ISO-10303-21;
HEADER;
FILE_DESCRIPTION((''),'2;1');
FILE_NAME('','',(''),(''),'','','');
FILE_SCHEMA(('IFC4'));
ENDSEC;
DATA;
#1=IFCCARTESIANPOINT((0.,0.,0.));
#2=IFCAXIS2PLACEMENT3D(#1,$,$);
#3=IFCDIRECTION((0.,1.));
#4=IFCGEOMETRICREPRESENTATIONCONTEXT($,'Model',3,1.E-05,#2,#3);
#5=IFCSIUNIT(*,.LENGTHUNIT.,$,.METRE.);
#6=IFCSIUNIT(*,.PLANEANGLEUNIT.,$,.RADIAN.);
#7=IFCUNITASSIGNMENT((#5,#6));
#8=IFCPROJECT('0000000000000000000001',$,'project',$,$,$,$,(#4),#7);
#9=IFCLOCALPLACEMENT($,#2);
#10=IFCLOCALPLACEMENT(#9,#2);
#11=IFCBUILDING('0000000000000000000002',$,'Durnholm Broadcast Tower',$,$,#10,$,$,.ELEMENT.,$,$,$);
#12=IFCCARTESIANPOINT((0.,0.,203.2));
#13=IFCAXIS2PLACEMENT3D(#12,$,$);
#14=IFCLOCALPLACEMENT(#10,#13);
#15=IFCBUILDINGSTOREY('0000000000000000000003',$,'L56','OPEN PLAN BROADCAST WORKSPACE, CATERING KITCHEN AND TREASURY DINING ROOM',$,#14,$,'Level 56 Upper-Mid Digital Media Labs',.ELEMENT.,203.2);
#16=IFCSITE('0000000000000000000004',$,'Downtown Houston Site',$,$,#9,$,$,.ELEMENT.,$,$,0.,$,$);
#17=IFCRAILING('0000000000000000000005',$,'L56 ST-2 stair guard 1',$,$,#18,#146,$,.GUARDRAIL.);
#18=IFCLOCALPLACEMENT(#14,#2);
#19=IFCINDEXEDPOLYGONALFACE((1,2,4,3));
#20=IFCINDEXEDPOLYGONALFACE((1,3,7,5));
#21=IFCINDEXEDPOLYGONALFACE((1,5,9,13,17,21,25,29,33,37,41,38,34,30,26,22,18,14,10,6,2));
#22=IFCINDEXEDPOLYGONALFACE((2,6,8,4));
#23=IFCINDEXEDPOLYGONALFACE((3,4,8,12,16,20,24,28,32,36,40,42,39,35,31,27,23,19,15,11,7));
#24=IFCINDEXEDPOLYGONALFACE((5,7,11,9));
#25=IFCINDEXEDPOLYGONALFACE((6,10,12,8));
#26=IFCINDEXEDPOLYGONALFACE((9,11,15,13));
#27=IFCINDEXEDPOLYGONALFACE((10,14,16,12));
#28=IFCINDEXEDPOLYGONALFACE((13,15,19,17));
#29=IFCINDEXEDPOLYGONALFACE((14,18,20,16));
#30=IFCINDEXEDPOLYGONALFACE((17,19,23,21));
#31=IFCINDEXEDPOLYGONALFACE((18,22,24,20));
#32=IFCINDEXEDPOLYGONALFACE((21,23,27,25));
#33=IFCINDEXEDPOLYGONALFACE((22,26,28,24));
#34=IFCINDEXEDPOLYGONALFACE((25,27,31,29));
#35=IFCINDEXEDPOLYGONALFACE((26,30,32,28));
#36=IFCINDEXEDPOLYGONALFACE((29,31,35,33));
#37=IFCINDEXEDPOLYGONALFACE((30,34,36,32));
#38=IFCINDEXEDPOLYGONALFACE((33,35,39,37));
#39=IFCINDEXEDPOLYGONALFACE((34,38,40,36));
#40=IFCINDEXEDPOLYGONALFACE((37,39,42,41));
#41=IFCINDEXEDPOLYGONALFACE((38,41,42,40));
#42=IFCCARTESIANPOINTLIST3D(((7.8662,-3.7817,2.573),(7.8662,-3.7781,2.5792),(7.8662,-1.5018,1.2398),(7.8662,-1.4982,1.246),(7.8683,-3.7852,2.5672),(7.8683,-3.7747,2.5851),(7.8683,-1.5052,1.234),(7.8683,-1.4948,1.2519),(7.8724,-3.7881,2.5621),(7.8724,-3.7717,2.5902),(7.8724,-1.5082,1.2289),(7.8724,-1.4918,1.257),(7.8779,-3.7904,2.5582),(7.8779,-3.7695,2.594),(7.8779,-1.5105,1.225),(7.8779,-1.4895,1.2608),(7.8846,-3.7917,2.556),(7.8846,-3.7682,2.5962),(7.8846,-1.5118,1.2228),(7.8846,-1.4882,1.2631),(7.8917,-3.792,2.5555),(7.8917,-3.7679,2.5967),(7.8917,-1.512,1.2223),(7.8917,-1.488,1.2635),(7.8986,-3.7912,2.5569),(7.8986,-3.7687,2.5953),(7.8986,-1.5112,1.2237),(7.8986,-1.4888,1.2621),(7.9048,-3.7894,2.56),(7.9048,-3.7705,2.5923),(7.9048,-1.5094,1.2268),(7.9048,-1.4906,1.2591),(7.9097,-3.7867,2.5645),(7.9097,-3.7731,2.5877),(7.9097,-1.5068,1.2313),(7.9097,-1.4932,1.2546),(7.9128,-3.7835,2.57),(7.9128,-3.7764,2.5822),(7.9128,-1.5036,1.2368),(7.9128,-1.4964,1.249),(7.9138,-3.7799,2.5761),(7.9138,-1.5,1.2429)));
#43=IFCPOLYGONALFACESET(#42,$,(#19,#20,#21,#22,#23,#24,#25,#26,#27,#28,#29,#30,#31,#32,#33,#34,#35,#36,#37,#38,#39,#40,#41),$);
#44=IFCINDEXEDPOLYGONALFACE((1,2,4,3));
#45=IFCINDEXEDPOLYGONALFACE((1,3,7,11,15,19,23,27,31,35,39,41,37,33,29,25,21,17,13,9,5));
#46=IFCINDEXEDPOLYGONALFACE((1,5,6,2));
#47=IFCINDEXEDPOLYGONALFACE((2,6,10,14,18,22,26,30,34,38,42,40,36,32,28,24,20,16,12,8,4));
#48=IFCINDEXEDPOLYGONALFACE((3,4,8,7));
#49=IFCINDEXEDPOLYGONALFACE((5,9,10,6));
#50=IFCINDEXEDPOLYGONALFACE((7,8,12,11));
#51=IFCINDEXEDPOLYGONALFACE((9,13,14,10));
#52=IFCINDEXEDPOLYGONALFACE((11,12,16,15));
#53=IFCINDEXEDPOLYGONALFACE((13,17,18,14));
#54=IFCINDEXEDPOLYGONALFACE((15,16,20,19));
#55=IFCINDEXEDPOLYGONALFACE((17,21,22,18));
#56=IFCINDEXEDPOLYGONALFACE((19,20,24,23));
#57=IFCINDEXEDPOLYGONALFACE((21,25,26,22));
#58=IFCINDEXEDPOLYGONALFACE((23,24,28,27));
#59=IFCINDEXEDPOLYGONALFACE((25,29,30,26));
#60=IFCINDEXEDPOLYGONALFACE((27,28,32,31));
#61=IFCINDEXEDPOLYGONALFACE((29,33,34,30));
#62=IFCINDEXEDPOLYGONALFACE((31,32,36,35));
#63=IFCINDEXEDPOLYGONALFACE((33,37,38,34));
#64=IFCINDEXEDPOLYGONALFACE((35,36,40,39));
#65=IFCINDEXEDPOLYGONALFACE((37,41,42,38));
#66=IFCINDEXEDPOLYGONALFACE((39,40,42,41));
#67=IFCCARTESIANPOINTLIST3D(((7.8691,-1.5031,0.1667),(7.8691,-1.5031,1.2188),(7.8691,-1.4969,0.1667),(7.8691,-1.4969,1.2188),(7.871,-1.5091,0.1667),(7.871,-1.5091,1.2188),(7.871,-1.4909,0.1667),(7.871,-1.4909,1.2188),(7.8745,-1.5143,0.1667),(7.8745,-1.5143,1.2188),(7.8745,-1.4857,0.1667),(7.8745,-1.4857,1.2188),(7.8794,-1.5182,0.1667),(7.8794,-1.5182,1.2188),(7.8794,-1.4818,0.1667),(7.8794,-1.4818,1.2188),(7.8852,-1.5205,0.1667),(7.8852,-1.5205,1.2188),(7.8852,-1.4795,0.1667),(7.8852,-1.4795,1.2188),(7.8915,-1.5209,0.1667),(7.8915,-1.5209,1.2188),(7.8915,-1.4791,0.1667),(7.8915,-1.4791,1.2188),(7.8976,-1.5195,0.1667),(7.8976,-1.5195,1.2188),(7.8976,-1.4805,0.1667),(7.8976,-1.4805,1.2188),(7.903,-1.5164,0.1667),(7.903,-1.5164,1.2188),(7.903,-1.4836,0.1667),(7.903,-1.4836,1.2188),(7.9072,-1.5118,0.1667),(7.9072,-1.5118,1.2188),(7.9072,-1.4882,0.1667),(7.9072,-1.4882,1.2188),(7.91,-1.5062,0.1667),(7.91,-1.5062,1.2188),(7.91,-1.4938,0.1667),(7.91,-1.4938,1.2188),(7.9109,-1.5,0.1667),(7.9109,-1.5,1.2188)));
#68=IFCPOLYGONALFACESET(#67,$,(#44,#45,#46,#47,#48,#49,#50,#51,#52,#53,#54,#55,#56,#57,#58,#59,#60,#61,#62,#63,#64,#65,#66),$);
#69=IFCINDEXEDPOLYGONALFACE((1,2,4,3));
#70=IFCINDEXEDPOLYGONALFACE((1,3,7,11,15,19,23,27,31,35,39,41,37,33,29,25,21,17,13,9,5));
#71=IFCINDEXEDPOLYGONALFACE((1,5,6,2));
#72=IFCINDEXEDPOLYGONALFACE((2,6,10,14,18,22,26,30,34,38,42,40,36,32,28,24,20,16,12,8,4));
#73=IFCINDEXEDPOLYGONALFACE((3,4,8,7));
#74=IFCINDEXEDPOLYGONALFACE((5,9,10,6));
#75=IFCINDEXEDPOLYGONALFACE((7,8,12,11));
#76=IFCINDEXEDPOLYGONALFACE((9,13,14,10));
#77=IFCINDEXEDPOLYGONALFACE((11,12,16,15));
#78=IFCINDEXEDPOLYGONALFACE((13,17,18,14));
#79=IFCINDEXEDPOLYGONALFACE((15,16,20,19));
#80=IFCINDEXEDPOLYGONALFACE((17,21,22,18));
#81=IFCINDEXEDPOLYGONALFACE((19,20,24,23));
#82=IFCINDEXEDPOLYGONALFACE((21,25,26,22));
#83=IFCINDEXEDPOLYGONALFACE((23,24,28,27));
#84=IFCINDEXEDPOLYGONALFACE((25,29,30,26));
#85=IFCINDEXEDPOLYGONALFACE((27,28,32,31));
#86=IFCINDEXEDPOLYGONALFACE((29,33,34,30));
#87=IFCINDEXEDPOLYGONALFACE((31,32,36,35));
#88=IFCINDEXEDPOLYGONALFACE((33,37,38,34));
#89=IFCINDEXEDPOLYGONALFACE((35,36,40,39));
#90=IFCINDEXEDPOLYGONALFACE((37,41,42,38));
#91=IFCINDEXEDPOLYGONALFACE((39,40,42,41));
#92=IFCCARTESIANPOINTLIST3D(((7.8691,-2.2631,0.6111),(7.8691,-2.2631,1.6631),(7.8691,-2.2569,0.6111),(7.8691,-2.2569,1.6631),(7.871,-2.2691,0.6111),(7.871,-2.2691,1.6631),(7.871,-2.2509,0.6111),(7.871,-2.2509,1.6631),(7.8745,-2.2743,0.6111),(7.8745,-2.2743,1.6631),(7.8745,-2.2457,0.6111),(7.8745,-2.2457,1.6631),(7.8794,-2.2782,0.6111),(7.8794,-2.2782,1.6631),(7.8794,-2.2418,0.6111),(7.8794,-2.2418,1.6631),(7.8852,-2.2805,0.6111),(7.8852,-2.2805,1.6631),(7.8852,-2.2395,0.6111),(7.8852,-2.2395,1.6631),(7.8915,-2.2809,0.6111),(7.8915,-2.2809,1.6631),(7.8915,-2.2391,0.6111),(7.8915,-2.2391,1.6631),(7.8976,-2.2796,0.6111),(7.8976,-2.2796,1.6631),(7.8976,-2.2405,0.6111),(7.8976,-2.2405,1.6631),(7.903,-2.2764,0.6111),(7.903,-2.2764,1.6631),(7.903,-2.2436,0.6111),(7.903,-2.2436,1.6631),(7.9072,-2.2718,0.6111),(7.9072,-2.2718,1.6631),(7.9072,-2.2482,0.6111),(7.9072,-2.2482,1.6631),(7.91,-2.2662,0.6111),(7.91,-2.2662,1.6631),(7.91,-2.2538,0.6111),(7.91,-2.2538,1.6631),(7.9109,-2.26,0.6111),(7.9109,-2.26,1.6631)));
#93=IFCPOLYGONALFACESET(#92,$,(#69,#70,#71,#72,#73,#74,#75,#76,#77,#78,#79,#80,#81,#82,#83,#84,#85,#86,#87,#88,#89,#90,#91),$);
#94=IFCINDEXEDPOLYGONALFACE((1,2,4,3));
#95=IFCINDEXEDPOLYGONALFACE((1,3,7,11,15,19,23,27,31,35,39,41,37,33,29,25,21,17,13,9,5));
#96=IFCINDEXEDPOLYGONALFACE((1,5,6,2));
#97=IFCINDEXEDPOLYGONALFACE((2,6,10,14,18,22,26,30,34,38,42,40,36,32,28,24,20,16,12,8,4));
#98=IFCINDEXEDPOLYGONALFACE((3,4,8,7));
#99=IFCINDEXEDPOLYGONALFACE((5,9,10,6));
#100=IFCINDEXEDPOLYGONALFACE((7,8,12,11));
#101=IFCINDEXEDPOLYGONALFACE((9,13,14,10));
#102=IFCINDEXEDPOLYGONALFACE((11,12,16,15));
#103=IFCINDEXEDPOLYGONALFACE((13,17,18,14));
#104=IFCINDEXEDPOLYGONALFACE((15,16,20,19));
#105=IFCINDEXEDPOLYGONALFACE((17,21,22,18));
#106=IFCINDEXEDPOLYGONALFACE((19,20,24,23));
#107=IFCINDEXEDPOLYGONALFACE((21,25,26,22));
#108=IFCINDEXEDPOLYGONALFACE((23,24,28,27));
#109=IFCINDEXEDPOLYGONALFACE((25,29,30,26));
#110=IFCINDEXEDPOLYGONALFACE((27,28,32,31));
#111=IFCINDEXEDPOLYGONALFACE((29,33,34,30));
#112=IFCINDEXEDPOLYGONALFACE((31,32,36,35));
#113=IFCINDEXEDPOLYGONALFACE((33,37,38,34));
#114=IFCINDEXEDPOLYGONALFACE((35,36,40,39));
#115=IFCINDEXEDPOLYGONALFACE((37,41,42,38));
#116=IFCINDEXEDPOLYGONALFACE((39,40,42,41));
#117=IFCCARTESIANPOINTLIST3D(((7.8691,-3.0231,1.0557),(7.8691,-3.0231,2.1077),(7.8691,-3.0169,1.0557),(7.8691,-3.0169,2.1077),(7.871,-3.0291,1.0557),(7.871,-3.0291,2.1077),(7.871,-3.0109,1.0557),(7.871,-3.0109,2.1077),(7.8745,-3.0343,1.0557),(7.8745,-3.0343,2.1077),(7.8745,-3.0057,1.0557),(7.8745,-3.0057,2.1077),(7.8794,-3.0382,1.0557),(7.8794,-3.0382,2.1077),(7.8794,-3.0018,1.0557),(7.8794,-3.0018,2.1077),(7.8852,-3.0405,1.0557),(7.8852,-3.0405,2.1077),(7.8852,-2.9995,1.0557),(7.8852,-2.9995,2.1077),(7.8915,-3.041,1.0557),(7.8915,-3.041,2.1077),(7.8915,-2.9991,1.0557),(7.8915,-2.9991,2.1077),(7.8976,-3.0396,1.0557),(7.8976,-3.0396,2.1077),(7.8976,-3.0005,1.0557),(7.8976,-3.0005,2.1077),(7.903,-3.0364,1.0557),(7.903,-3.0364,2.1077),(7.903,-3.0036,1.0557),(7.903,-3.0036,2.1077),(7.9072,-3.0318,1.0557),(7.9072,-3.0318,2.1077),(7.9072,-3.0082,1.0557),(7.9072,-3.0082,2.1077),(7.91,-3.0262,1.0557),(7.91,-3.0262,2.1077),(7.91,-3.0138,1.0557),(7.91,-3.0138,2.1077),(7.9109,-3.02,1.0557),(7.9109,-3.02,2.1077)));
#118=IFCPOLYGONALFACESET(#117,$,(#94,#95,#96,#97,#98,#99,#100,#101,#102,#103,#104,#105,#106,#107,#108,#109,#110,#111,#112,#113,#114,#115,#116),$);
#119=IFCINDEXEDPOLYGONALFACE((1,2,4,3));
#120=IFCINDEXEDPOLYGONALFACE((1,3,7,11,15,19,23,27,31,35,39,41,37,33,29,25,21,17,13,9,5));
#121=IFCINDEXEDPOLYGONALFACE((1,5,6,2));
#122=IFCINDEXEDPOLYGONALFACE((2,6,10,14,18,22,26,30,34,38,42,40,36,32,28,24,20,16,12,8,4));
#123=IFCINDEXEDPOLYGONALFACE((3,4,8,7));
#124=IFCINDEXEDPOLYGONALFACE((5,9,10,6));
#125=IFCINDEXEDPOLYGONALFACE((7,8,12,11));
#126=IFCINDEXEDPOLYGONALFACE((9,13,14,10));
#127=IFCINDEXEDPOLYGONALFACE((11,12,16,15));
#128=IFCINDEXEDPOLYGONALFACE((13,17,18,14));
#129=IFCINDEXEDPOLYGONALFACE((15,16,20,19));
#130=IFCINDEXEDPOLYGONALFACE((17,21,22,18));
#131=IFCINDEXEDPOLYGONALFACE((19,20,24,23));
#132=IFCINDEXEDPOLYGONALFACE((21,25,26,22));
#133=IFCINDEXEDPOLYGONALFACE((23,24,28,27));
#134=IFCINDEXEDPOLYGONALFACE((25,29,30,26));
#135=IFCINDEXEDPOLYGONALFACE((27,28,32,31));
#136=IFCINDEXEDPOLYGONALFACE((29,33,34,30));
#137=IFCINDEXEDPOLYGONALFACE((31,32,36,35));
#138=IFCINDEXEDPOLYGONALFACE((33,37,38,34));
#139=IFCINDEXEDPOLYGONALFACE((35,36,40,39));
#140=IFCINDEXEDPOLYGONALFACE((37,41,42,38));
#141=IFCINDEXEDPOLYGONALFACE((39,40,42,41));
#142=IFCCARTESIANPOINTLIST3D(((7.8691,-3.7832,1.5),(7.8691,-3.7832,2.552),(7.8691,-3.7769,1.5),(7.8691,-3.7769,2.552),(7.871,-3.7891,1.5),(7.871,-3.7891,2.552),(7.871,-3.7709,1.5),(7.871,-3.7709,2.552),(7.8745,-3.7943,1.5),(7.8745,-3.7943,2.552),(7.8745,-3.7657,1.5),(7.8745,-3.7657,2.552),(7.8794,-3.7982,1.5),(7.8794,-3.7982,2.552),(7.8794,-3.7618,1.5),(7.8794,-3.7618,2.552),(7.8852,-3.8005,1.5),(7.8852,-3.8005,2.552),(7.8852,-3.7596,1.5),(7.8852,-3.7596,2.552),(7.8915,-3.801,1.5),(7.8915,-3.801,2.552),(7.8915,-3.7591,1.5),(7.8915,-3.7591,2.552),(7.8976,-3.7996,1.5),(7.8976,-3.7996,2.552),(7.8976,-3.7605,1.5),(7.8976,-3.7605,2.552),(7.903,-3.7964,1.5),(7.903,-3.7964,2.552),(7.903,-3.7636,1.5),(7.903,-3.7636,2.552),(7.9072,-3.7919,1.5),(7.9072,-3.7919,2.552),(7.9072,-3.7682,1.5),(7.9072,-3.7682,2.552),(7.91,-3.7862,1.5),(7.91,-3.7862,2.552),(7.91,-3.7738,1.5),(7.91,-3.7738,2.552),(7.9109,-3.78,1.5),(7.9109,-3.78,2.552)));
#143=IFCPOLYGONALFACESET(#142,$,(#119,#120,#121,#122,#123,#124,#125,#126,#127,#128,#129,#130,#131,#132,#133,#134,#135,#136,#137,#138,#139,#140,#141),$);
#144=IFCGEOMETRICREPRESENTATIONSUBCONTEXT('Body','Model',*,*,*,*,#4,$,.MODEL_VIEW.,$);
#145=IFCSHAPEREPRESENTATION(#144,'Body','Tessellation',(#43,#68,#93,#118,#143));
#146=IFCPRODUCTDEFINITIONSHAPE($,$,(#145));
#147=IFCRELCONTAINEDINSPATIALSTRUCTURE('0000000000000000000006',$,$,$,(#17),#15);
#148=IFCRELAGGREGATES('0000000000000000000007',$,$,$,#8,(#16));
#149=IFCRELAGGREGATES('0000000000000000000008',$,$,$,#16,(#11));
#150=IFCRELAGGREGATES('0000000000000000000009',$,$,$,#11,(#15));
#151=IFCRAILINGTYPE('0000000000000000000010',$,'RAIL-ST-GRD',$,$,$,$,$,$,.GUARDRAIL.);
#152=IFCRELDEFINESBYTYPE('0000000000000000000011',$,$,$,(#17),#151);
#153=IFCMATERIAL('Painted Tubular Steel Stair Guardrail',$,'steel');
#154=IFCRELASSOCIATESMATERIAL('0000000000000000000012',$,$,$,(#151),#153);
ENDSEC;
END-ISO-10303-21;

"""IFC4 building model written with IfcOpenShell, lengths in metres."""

from ifc_helpers import new_model, si_unit, direction, frame, origin, origin_2d, place, context, subcontext, project, spatial, circle, extrude, material, type_object, element, save


model = new_model("IFC4")

# Units and contexts
model_context = context("Model", 3, precision=1e-05, world=origin(), true_north=direction((0.0, 1.0)))
body_context = subcontext(model_context, "Body", "Model", "MODEL_VIEW")
ifc_project = project(units=[si_unit("LENGTHUNIT", "METRE"), si_unit("PLANEANGLEUNIT", "RADIAN")], contexts=[model_context])

# Site, building, storey
site_placement = place(None, origin())
site = spatial("IfcSite", under=ifc_project, at=site_placement, Name="Downtown Houston Site", CompositionType="ELEMENT", RefElevation=0.0)
building_placement = place(site_placement, origin())
building = spatial("IfcBuilding", under=site, at=building_placement, Name="Durnholm Broadcast Tower", CompositionType="ELEMENT")
storey_placement = place(building_placement, frame((0.0, 0.0, 203.2)))
storey = spatial("IfcBuildingStorey", under=building, at=storey_placement, Name="L56", Description="OPEN PLAN BROADCAST WORKSPACE, CATERING KITCHEN AND TREASURY DINING ROOM", LongName="Level 56 Upper-Mid Digital Media Labs", CompositionType="ELEMENT", Elevation=203.2)

# Railing
ifc_material_1 = material(Name="Painted Tubular Steel Stair Guardrail", Category="steel")
railing_type_1 = type_object("IfcRailingType", Name="RAIL-ST-GRD", PredefinedType="GUARDRAIL", material=ifc_material_1)
railing_1_placement = place(storey_placement, frame((7.8899, -1.5, 0.1667)))
element("IfcRailing", 1, at=railing_1_placement, inside=storey, type_object=railing_type_1, Name="L56 ST-2 stair guard 1", PredefinedType="GUARDRAIL", context=body_context, shape_type="SweptSolid", body=[
    extrude(circle(Radius=0.0239, at=origin_2d()), frame((0.0, 0.0, 1.0762), z_axis=(0.0, -0.863245, 0.504785), x_axis=(1.0, 0.0, 0.0)), (0.0, 0.0, 1.0), 2.6411),
    extrude(circle(Radius=0.021, at=origin_2d()), origin(), (0.0, 0.0, 1.0), 1.052),
    extrude(circle(Radius=0.021, at=origin_2d()), frame((0.0, -0.76, 0.4443)), (0.0, 0.0, 1.0), 1.052),
    extrude(circle(Radius=0.021, at=origin_2d()), frame((0.0, -1.52, 0.8889)), (0.0, 0.0, 1.0), 1.052),
    extrude(circle(Radius=0.021, at=origin_2d()), frame((0.0, -2.28, 1.3333)), (0.0, 0.0, 1.0), 1.052),
])

save(model, "model.ifc")
